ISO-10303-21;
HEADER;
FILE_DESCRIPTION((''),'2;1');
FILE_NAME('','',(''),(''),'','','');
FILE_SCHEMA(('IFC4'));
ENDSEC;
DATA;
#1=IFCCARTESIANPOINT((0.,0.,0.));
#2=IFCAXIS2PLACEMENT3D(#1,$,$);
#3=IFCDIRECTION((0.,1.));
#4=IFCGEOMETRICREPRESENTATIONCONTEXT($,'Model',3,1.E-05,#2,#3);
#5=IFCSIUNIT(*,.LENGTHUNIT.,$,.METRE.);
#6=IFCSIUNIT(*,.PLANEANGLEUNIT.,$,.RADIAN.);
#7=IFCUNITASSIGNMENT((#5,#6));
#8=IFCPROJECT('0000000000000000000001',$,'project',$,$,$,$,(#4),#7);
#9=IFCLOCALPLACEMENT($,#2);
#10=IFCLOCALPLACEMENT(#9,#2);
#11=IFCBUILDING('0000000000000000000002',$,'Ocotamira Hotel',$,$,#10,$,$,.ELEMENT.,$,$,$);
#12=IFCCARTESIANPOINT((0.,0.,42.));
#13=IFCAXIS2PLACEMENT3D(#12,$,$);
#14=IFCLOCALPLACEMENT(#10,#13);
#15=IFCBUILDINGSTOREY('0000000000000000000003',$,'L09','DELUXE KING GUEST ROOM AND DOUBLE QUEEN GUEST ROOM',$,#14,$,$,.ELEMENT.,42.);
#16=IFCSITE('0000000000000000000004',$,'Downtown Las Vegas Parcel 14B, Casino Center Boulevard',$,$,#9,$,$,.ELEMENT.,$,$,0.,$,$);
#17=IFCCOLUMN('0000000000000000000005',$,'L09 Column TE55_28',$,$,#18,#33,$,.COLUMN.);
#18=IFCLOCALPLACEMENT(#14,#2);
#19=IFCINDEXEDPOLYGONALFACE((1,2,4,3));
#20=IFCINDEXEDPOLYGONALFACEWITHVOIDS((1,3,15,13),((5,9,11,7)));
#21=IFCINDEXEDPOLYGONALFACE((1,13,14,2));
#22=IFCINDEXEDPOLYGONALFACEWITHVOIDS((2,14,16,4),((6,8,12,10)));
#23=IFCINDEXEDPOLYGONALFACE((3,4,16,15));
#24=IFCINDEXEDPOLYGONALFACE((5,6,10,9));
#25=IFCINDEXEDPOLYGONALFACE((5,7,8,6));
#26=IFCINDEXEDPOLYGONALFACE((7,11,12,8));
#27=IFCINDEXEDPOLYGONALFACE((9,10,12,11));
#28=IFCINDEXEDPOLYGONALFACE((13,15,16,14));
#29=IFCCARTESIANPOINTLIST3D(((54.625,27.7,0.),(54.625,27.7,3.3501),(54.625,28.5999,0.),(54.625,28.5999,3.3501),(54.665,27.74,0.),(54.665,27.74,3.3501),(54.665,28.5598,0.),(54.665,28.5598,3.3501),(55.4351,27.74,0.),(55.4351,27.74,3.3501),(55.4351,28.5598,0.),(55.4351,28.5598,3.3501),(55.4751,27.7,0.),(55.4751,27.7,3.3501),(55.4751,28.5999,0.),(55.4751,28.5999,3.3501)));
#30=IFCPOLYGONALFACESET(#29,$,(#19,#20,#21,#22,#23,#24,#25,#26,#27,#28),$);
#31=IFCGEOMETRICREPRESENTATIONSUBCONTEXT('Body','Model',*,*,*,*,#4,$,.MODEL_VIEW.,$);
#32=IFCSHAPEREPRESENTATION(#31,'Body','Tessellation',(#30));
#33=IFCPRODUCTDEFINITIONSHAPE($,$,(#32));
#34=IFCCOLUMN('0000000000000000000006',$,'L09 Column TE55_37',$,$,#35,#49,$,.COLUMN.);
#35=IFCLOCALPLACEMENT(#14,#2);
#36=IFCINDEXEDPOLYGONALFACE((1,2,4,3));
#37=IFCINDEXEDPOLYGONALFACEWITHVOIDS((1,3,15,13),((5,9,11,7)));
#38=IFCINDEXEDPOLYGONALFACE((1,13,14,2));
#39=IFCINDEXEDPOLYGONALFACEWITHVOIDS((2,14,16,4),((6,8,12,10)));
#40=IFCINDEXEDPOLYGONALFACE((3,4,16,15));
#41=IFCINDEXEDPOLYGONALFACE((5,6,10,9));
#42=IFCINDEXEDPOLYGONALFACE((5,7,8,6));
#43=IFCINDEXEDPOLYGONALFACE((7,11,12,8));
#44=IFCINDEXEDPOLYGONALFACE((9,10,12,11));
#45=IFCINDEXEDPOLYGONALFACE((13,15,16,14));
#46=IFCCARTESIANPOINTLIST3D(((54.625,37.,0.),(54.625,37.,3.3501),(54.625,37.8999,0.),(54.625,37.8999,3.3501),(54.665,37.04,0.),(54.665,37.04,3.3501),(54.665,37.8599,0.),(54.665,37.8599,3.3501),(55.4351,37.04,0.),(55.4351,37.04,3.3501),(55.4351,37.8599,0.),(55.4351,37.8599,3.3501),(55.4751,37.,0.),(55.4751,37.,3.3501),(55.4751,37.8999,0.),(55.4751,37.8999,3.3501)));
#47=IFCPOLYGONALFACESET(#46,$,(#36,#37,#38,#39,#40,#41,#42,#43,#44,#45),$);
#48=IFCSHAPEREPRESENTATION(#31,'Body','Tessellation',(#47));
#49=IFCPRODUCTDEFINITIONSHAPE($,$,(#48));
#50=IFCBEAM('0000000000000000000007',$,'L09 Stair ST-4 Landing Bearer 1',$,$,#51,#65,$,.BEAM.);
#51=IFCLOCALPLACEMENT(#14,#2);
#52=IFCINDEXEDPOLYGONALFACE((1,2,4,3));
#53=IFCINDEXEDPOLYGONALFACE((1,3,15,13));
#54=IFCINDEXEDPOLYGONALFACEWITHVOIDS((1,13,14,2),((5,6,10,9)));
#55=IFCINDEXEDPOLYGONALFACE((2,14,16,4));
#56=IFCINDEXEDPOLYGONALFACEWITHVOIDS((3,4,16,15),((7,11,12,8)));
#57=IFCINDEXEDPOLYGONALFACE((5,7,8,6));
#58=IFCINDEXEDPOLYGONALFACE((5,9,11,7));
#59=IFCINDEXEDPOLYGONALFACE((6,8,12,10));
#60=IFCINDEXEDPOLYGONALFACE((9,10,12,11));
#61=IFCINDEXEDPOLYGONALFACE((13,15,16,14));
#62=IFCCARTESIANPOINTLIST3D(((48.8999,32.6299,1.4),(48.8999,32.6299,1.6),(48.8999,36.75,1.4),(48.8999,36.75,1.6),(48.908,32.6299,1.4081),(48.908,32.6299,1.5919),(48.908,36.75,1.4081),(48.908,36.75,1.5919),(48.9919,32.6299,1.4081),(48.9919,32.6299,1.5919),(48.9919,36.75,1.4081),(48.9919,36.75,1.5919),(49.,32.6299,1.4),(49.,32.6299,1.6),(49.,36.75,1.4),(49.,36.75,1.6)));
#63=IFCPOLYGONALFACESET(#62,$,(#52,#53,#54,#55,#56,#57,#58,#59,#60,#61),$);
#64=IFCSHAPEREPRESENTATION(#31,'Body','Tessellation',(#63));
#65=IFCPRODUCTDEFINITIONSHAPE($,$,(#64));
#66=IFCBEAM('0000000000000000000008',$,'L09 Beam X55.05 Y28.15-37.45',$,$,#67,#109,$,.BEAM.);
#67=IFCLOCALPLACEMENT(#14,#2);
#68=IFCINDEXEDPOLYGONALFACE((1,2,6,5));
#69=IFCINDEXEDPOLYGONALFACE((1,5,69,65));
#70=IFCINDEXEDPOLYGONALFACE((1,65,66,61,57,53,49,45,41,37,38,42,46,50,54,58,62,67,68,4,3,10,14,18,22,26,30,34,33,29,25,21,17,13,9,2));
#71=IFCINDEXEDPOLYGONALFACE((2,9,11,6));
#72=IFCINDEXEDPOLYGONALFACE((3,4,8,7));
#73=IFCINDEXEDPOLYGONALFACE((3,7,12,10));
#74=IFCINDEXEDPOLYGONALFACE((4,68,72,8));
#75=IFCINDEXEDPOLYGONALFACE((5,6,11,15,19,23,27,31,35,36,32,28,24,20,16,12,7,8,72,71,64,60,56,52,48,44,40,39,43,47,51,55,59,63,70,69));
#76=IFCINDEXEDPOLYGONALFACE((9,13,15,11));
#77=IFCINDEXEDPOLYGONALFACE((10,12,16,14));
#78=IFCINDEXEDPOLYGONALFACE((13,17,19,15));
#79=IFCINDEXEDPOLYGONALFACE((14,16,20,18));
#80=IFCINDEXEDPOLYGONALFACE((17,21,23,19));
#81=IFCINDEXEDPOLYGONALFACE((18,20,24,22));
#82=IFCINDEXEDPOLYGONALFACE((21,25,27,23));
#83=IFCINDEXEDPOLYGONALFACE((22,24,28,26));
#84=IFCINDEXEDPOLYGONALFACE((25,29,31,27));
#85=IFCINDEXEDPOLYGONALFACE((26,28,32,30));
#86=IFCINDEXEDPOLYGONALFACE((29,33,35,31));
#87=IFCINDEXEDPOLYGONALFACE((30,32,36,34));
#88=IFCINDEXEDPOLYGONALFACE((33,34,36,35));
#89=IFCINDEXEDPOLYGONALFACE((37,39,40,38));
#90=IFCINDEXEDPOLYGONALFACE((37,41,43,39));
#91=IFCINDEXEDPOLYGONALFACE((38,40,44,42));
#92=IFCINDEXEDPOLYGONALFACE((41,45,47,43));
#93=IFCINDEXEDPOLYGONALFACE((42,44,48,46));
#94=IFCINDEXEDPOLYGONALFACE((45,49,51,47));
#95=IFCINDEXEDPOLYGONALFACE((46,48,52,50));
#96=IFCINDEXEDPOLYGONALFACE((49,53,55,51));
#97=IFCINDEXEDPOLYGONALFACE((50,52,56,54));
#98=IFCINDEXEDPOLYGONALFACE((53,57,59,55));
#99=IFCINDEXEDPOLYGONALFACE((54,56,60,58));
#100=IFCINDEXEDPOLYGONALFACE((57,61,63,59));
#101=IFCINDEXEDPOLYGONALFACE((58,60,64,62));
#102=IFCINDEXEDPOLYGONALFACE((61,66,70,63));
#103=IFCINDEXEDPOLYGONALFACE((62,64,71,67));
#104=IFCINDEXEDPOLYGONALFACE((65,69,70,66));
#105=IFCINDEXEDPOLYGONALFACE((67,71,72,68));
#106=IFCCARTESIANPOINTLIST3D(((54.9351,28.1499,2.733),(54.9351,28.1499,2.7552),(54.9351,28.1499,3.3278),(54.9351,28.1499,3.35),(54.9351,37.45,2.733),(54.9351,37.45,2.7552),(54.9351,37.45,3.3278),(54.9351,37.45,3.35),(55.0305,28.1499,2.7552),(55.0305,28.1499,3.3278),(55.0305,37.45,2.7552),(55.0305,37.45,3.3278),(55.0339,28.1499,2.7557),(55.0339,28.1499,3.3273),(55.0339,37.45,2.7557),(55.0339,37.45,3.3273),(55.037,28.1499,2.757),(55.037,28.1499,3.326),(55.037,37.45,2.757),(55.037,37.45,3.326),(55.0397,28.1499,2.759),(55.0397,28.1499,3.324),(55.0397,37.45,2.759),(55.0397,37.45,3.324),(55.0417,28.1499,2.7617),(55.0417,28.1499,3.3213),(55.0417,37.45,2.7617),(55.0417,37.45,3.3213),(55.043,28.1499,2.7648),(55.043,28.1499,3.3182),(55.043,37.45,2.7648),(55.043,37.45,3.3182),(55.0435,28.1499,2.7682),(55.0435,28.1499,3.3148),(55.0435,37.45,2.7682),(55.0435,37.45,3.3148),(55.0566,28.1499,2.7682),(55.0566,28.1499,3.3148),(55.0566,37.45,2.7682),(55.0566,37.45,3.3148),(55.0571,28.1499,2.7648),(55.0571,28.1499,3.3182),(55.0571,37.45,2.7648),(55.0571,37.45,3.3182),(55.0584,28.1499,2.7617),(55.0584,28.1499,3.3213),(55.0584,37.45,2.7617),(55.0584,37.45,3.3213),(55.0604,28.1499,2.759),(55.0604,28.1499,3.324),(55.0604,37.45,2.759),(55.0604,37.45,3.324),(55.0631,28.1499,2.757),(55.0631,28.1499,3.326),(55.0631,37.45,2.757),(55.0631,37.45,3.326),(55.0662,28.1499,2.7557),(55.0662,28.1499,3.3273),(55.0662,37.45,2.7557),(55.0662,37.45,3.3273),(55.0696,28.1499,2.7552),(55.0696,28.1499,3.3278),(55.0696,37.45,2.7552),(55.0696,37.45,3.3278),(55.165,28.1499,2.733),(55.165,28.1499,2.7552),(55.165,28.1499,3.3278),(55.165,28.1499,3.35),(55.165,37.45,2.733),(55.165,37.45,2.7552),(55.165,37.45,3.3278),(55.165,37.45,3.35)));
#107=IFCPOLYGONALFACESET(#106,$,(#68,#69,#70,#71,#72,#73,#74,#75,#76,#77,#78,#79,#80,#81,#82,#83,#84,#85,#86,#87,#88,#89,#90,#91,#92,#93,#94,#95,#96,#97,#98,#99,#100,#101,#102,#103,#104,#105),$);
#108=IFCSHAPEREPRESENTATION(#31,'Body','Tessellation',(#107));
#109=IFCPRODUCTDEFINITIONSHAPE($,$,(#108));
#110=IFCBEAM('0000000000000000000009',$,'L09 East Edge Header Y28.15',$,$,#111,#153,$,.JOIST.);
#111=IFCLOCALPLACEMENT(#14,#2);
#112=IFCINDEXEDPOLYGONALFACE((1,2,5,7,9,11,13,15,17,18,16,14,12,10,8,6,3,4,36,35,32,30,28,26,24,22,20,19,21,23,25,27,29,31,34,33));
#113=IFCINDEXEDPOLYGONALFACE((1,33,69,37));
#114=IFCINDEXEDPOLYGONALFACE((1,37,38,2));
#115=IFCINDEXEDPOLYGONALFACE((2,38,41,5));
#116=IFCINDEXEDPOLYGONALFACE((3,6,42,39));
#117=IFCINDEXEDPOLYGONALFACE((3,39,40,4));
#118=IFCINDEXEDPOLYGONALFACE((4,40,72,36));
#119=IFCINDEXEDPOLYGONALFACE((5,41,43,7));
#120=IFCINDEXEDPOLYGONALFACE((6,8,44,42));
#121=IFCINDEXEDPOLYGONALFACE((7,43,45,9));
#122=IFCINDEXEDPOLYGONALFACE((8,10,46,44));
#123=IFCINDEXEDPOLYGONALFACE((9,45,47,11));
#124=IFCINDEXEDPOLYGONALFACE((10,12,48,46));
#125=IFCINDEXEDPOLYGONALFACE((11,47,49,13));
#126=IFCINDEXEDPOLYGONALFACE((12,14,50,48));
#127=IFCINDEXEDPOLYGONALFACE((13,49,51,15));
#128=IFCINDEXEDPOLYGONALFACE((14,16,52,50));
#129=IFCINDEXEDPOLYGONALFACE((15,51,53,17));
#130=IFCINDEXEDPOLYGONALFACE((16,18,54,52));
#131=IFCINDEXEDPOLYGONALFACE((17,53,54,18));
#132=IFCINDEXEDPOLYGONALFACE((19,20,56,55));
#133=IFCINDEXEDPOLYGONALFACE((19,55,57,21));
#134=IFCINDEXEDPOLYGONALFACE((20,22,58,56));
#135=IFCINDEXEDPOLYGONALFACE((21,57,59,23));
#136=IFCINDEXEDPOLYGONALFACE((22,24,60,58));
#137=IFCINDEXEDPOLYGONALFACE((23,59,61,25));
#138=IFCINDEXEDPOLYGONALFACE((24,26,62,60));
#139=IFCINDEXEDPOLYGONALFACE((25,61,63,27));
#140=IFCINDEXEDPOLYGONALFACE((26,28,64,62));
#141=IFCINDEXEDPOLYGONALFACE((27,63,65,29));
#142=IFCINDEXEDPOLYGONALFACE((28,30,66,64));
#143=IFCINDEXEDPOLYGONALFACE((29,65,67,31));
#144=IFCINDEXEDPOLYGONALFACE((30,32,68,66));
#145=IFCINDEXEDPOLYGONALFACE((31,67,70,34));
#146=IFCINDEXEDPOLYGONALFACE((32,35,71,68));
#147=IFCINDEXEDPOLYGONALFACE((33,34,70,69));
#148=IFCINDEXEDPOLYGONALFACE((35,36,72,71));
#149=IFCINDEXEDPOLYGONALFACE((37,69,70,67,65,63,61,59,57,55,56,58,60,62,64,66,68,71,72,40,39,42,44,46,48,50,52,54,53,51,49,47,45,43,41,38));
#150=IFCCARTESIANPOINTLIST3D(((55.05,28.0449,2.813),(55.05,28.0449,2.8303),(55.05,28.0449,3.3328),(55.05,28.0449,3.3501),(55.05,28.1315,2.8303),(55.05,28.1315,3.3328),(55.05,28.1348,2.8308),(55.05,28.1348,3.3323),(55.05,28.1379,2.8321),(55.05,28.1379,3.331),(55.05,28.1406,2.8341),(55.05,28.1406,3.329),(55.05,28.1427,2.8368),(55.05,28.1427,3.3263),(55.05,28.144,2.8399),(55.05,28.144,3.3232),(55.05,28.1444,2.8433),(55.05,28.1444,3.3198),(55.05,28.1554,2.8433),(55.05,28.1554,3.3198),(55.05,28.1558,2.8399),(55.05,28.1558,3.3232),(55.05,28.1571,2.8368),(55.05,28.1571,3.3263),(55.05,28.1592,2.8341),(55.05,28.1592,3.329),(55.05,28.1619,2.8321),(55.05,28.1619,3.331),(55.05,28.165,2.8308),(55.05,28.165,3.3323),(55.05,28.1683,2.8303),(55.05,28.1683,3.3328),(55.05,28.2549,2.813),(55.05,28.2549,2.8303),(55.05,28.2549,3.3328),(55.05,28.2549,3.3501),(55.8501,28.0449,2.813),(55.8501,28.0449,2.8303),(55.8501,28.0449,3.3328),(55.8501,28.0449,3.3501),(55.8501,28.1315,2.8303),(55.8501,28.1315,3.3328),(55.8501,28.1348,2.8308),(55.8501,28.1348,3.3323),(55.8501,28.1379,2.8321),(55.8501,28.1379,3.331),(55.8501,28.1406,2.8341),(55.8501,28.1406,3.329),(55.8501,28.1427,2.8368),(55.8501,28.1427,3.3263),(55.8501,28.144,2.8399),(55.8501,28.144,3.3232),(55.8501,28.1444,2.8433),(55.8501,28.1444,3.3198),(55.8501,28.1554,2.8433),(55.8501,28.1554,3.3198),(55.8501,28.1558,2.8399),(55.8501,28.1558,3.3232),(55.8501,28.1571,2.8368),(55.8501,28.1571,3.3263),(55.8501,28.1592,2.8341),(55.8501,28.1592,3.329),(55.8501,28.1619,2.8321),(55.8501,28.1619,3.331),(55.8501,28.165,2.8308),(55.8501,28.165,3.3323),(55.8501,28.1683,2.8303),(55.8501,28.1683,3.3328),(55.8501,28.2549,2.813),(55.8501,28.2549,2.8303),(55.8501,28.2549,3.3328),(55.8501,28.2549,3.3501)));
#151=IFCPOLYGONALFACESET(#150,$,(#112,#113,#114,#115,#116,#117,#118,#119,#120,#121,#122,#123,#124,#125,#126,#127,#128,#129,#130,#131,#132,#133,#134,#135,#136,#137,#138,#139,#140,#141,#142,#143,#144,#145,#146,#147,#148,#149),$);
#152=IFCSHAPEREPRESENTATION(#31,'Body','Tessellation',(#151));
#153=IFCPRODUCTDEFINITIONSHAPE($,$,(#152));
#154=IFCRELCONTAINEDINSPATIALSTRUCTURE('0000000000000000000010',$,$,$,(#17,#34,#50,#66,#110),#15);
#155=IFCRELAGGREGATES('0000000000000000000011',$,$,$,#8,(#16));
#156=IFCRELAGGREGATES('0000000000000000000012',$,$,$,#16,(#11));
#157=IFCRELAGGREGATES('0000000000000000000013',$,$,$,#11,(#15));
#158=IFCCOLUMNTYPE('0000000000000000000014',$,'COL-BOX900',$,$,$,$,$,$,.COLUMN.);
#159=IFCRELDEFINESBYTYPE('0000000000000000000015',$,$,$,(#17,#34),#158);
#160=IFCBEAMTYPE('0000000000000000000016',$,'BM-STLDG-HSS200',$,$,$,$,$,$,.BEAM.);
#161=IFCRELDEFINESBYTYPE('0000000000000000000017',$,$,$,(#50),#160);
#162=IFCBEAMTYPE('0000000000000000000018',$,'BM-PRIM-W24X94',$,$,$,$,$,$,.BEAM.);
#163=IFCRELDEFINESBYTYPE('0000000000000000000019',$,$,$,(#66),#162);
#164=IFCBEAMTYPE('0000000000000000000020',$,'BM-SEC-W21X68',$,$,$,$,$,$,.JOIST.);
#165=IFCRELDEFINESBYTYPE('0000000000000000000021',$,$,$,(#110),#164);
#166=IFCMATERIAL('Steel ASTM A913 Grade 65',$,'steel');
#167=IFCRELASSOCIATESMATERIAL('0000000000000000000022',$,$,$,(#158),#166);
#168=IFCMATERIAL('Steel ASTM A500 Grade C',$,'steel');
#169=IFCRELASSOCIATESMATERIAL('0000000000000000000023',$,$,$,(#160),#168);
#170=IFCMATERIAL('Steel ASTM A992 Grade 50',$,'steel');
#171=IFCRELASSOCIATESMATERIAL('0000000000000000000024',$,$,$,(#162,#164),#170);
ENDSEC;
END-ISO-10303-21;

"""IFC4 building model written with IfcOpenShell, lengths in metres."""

from ifc_helpers import new_model, si_unit, direction, frame, origin, origin_2d, place, context, subcontext, project, spatial, hollow_rectangle, i_section, extrude, source, transform, mapped, material, material_profile, profile_set, type_object, element, save


model = new_model("IFC4")

# Units and contexts
model_context = context("Model", 3, precision=1e-05, world=origin(), true_north=direction((0.0, 1.0)))
body_context = subcontext(model_context, "Body", "Model", "MODEL_VIEW")
ifc_project = project(units=[si_unit("LENGTHUNIT", "METRE"), si_unit("PLANEANGLEUNIT", "RADIAN")], contexts=[model_context])

# Site, building, storey
site_placement = place(None, origin())
site = spatial("IfcSite", under=ifc_project, at=site_placement, Name="Downtown Las Vegas Parcel 14B, Casino Center Boulevard", CompositionType="ELEMENT", RefElevation=0.0)
building_placement = place(site_placement, origin())
building = spatial("IfcBuilding", under=site, at=building_placement, Name="Ocotamira Hotel", CompositionType="ELEMENT")
storey_placement = place(building_placement, frame((0.0, 0.0, 42.0)))
storey = spatial("IfcBuildingStorey", under=building, at=storey_placement, Name="L09", Description="DELUXE KING GUEST ROOM AND DOUBLE QUEEN GUEST ROOM", CompositionType="ELEMENT", Elevation=42.0)

# Columns
ifc_material_1 = material(Name="Steel ASTM A913 Grade 65", Category="steel")
ifc_material_profile_1 = material_profile(ifc_material_1, hollow_rectangle(XDim=0.8501, YDim=0.8999, WallThickness=0.04, at=origin_2d()), Name="BOX900X850X40")
ifc_profile_set_1 = profile_set([ifc_material_profile_1], Name="Steel ASTM A913 Grade 65")
column_type = type_object("IfcColumnType", Name="COL-BOX900", PredefinedType="COLUMN", material=ifc_profile_set_1)
shared_shape_1 = source(origin(), body_context, "Body", "SweptSolid", [
    extrude(hollow_rectangle(XDim=0.8501, YDim=0.8999, WallThickness=0.04, at=origin_2d()), origin(), (0.0, 0.0, 1.0), 3.3501),
])
for number, where, z_axis, x_axis, name in (
    (1, (55.05, 28.1499, 0.0), (0.0, 0.0, 1.0), (1.0, 0.0, 0.0), "L09 Column TE55_28"),
    (2, (55.05, 37.45, 0.0), (0.0, 0.0, 1.0), (1.0, 0.0, 0.0), "L09 Column TE55_37"),
):
    element("IfcColumn", number, at=place(storey_placement, frame(where, z_axis=z_axis, x_axis=x_axis)), inside=storey, type_object=column_type, Name=name, PredefinedType="COLUMN", context=body_context, shape_type="MappedRepresentation", body=[
        mapped(shared_shape_1, transform((0.0, 0.0, 0.0), scale=1.0)),
    ])

# Beams
ifc_material_2 = material(Name="Steel ASTM A500 Grade C", Category="steel")
ifc_material_profile_2 = material_profile(ifc_material_2, hollow_rectangle(XDim=0.1001, YDim=0.2, WallThickness=0.0081, at=origin_2d()), Name="HSS200X100X8")
ifc_profile_set_2 = profile_set([ifc_material_profile_2], Name="Steel ASTM A500 Grade C")
beam_type_1 = type_object("IfcBeamType", Name="BM-STLDG-HSS200", PredefinedType="BEAM", material=ifc_profile_set_2)
shared_shape_2 = source(origin(), body_context, "Body", "SweptSolid", [
    extrude(hollow_rectangle(XDim=0.1001, YDim=0.2, WallThickness=0.0081, at=origin_2d()), origin(), (0.0, 0.0, 1.0), 4.1201),
])
beam_1_placement = place(storey_placement, frame((48.95, 32.6299, 1.5), z_axis=(0.0, 1.0, 0.0), x_axis=(-1.0, 0.0, 0.0)))
element("IfcBeam", 3, at=beam_1_placement, inside=storey, type_object=beam_type_1, Name="L09 Stair ST-4 Landing Bearer 1", PredefinedType="BEAM", context=body_context, shape_type="MappedRepresentation", body=[
    mapped(shared_shape_2, transform((0.0, 0.0, 0.0), scale=1.0)),
])
ifc_material_3 = material(Name="Steel ASTM A992 Grade 50", Category="steel")
ifc_material_profile_3 = material_profile(ifc_material_3, i_section(OverallWidth=0.23, OverallDepth=0.6169, WebThickness=0.0132, FlangeThickness=0.0222, FilletRadius=0.0129, at=origin_2d()), Name="W24X94")
ifc_profile_set_3 = profile_set([ifc_material_profile_3], Name="Steel ASTM A992 Grade 50")
beam_type_2 = type_object("IfcBeamType", Name="BM-PRIM-W24X94", PredefinedType="BEAM", material=ifc_profile_set_3)
shared_shape_3 = source(origin(), body_context, "Body", "SweptSolid", [
    extrude(i_section(OverallWidth=0.23, OverallDepth=0.6169, WebThickness=0.0132, FlangeThickness=0.0222, FilletRadius=0.0129, at=origin_2d()), origin(), (0.0, 0.0, 1.0), 9.3),
])
beam_2_placement = place(storey_placement, frame((55.05, 28.1499, 3.0415), z_axis=(0.0, 1.0, 0.0), x_axis=(-1.0, 0.0, 0.0)))
element("IfcBeam", 4, at=beam_2_placement, inside=storey, type_object=beam_type_2, Name="L09 Beam X55.05 Y28.15-37.45", PredefinedType="BEAM", context=body_context, shape_type="MappedRepresentation", body=[
    mapped(shared_shape_3, transform((0.0, 0.0, 0.0), scale=1.0)),
])
ifc_material_profile_4 = material_profile(ifc_material_3, i_section(OverallWidth=0.21, OverallDepth=0.5371, WebThickness=0.011, FlangeThickness=0.0173, FilletRadius=0.0129, at=origin_2d()), Name="W21X68")
ifc_profile_set_4 = profile_set([ifc_material_profile_4], Name="Steel ASTM A992 Grade 50")
beam_type_3 = type_object("IfcBeamType", Name="BM-SEC-W21X68", PredefinedType="JOIST", material=ifc_profile_set_4)
shared_shape_4 = source(origin(), body_context, "Body", "SweptSolid", [
    extrude(i_section(OverallWidth=0.21, OverallDepth=0.5371, WebThickness=0.011, FlangeThickness=0.0173, FilletRadius=0.0129, at=origin_2d()), origin(), (0.0, 0.0, 1.0), 0.8),
])
for number, where, z_axis, x_axis, name in (
    (5, (55.05, 28.1499, 3.0815), (1.0, 0.0, 0.0), (0.0, 1.0, 0.0), "L09 East Edge Header Y28.15"),
):
    element("IfcBeam", number, at=place(storey_placement, frame(where, z_axis=z_axis, x_axis=x_axis)), inside=storey, type_object=beam_type_3, Name=name, PredefinedType="JOIST", context=body_context, shape_type="MappedRepresentation", body=[
        mapped(shared_shape_4, transform((0.0, 0.0, 0.0), scale=1.0)),
    ])

save(model, "model.ifc")
